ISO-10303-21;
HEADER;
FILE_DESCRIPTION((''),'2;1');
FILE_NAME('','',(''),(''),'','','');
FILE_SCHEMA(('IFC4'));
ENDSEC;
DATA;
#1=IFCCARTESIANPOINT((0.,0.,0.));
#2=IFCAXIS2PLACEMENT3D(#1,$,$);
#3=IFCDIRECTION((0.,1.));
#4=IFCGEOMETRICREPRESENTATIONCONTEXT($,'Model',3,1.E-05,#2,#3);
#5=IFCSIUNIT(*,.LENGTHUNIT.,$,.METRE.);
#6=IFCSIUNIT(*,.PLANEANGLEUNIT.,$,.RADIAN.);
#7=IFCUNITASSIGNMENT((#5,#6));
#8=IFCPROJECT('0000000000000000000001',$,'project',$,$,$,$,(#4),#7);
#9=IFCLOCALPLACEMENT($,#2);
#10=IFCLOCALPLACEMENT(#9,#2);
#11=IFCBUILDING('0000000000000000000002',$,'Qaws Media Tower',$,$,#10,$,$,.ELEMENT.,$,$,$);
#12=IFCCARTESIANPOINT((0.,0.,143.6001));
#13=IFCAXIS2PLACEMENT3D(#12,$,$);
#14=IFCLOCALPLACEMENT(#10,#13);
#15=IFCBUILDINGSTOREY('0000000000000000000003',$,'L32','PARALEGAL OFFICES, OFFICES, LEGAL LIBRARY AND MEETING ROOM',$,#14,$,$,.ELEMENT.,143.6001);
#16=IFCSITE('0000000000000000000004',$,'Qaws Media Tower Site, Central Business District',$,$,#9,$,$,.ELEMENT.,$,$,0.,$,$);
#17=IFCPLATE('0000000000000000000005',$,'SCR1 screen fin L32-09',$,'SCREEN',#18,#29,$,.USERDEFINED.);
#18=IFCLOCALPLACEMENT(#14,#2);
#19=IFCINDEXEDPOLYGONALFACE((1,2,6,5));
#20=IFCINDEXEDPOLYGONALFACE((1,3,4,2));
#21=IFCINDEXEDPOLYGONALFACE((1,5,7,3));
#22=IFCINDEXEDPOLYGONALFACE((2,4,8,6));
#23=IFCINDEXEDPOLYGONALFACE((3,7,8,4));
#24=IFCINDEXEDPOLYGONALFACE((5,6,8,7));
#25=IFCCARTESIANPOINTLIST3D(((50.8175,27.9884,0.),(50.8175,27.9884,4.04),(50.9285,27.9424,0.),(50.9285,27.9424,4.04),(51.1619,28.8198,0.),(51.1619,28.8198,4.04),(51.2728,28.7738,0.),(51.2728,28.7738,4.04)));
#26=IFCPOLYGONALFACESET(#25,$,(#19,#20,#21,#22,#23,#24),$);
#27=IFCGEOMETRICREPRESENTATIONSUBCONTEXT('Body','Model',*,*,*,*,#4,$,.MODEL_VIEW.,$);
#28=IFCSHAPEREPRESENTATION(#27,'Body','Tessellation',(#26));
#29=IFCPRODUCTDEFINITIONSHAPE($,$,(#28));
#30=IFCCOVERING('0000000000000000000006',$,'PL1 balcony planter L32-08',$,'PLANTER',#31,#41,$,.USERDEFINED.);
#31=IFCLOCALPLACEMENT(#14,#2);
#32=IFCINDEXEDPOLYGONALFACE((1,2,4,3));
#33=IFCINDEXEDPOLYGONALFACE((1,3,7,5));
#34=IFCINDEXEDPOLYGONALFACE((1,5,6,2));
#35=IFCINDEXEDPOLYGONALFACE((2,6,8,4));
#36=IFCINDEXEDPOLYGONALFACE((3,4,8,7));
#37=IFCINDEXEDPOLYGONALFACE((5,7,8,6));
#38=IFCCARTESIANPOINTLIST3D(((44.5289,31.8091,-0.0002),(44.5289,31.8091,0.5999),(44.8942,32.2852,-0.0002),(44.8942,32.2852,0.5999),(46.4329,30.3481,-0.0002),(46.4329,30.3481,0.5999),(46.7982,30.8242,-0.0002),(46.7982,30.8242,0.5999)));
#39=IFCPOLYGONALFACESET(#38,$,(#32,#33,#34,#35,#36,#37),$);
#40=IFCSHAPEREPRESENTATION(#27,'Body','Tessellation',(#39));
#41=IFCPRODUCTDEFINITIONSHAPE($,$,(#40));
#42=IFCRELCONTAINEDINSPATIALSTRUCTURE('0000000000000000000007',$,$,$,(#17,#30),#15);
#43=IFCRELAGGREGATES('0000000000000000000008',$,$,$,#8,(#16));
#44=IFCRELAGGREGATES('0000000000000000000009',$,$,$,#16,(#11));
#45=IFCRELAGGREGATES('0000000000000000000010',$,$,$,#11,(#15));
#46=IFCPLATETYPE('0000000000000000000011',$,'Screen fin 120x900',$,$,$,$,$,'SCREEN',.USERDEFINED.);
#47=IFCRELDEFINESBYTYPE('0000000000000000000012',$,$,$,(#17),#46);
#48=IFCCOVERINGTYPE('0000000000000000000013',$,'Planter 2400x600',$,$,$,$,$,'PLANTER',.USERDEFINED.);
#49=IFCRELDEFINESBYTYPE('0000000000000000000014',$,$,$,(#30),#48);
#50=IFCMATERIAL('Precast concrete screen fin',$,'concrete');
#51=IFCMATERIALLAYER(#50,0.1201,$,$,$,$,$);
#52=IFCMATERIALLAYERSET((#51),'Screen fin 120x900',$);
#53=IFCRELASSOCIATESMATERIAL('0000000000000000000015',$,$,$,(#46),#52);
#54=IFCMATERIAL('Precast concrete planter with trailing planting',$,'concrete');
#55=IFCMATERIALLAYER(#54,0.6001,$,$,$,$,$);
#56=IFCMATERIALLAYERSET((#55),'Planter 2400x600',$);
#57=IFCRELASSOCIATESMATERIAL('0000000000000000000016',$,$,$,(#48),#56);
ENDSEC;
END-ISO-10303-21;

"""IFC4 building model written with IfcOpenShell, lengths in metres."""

from ifc_helpers import new_model, si_unit, direction, frame, origin, origin_2d, place, context, subcontext, project, spatial, rectangle, extrude, material, layer, layer_set, type_object, element, save


model = new_model("IFC4")

# Units and contexts
model_context = context("Model", 3, precision=1e-05, world=origin(), true_north=direction((0.0, 1.0)))
body_context = subcontext(model_context, "Body", "Model", "MODEL_VIEW")
ifc_project = project(units=[si_unit("LENGTHUNIT", "METRE"), si_unit("PLANEANGLEUNIT", "RADIAN")], contexts=[model_context])

# Site, building, storey
site_placement = place(None, origin())
site = spatial("IfcSite", under=ifc_project, at=site_placement, Name="Qaws Media Tower Site, Central Business District", CompositionType="ELEMENT", RefElevation=0.0)
building_placement = place(site_placement, origin())
building = spatial("IfcBuilding", under=site, at=building_placement, Name="Qaws Media Tower", CompositionType="ELEMENT")
storey_placement = place(building_placement, frame((0.0, 0.0, 143.6001)))
storey = spatial("IfcBuildingStorey", under=building, at=storey_placement, Name="L32", Description="PARALEGAL OFFICES, OFFICES, LEGAL LIBRARY AND MEETING ROOM", CompositionType="ELEMENT", Elevation=143.6001)

# Plate
ifc_material_1 = material(Name="Precast concrete screen fin", Category="concrete")
ifc_layer_1 = layer(ifc_material_1, 0.1201)
ifc_layer_set_1 = layer_set([ifc_layer_1], Name="Screen fin 120x900")
plate_type_1 = type_object("IfcPlateType", Name="Screen fin 120x900", ElementType="SCREEN", PredefinedType="USERDEFINED", material=ifc_layer_set_1)
plate_1_placement = place(storey_placement, frame((51.0452, 28.3811, 0.0), z_axis=(0.0, 0.0, 1.0), x_axis=(-0.382683, -0.92388, 0.0)))
element("IfcPlate", 1, at=plate_1_placement, inside=storey, type_object=plate_type_1, Name="SCR1 screen fin L32-09", ObjectType="SCREEN", PredefinedType="USERDEFINED", context=body_context, shape_type="SweptSolid", body=[
    extrude(rectangle(XDim=0.8999, YDim=0.1201, at=origin_2d()), origin(), (0.0, 0.0, 1.0), 4.04),
])

# Covering
ifc_material_2 = material(Name="Precast concrete planter with trailing planting", Category="concrete")
ifc_layer_2 = layer(ifc_material_2, 0.6001)
ifc_layer_set_2 = layer_set([ifc_layer_2], Name="Planter 2400x600")
covering_type = type_object("IfcCoveringType", Name="Planter 2400x600", ElementType="PLANTER", PredefinedType="USERDEFINED", material=ifc_layer_set_2)
covering_placement = place(storey_placement, frame((45.6636, 31.3167, -0.0002), z_axis=(0.0, 0.0, 1.0), x_axis=(0.793353, -0.608761, 0.0)))
element("IfcCovering", 2, at=covering_placement, inside=storey, type_object=covering_type, Name="PL1 balcony planter L32-08", ObjectType="PLANTER", PredefinedType="USERDEFINED", context=body_context, shape_type="SweptSolid", body=[
    extrude(rectangle(XDim=2.3999, YDim=0.6001, at=origin_2d()), origin(), (0.0, 0.0, 1.0), 0.6001),
])

save(model, "model.ifc")
